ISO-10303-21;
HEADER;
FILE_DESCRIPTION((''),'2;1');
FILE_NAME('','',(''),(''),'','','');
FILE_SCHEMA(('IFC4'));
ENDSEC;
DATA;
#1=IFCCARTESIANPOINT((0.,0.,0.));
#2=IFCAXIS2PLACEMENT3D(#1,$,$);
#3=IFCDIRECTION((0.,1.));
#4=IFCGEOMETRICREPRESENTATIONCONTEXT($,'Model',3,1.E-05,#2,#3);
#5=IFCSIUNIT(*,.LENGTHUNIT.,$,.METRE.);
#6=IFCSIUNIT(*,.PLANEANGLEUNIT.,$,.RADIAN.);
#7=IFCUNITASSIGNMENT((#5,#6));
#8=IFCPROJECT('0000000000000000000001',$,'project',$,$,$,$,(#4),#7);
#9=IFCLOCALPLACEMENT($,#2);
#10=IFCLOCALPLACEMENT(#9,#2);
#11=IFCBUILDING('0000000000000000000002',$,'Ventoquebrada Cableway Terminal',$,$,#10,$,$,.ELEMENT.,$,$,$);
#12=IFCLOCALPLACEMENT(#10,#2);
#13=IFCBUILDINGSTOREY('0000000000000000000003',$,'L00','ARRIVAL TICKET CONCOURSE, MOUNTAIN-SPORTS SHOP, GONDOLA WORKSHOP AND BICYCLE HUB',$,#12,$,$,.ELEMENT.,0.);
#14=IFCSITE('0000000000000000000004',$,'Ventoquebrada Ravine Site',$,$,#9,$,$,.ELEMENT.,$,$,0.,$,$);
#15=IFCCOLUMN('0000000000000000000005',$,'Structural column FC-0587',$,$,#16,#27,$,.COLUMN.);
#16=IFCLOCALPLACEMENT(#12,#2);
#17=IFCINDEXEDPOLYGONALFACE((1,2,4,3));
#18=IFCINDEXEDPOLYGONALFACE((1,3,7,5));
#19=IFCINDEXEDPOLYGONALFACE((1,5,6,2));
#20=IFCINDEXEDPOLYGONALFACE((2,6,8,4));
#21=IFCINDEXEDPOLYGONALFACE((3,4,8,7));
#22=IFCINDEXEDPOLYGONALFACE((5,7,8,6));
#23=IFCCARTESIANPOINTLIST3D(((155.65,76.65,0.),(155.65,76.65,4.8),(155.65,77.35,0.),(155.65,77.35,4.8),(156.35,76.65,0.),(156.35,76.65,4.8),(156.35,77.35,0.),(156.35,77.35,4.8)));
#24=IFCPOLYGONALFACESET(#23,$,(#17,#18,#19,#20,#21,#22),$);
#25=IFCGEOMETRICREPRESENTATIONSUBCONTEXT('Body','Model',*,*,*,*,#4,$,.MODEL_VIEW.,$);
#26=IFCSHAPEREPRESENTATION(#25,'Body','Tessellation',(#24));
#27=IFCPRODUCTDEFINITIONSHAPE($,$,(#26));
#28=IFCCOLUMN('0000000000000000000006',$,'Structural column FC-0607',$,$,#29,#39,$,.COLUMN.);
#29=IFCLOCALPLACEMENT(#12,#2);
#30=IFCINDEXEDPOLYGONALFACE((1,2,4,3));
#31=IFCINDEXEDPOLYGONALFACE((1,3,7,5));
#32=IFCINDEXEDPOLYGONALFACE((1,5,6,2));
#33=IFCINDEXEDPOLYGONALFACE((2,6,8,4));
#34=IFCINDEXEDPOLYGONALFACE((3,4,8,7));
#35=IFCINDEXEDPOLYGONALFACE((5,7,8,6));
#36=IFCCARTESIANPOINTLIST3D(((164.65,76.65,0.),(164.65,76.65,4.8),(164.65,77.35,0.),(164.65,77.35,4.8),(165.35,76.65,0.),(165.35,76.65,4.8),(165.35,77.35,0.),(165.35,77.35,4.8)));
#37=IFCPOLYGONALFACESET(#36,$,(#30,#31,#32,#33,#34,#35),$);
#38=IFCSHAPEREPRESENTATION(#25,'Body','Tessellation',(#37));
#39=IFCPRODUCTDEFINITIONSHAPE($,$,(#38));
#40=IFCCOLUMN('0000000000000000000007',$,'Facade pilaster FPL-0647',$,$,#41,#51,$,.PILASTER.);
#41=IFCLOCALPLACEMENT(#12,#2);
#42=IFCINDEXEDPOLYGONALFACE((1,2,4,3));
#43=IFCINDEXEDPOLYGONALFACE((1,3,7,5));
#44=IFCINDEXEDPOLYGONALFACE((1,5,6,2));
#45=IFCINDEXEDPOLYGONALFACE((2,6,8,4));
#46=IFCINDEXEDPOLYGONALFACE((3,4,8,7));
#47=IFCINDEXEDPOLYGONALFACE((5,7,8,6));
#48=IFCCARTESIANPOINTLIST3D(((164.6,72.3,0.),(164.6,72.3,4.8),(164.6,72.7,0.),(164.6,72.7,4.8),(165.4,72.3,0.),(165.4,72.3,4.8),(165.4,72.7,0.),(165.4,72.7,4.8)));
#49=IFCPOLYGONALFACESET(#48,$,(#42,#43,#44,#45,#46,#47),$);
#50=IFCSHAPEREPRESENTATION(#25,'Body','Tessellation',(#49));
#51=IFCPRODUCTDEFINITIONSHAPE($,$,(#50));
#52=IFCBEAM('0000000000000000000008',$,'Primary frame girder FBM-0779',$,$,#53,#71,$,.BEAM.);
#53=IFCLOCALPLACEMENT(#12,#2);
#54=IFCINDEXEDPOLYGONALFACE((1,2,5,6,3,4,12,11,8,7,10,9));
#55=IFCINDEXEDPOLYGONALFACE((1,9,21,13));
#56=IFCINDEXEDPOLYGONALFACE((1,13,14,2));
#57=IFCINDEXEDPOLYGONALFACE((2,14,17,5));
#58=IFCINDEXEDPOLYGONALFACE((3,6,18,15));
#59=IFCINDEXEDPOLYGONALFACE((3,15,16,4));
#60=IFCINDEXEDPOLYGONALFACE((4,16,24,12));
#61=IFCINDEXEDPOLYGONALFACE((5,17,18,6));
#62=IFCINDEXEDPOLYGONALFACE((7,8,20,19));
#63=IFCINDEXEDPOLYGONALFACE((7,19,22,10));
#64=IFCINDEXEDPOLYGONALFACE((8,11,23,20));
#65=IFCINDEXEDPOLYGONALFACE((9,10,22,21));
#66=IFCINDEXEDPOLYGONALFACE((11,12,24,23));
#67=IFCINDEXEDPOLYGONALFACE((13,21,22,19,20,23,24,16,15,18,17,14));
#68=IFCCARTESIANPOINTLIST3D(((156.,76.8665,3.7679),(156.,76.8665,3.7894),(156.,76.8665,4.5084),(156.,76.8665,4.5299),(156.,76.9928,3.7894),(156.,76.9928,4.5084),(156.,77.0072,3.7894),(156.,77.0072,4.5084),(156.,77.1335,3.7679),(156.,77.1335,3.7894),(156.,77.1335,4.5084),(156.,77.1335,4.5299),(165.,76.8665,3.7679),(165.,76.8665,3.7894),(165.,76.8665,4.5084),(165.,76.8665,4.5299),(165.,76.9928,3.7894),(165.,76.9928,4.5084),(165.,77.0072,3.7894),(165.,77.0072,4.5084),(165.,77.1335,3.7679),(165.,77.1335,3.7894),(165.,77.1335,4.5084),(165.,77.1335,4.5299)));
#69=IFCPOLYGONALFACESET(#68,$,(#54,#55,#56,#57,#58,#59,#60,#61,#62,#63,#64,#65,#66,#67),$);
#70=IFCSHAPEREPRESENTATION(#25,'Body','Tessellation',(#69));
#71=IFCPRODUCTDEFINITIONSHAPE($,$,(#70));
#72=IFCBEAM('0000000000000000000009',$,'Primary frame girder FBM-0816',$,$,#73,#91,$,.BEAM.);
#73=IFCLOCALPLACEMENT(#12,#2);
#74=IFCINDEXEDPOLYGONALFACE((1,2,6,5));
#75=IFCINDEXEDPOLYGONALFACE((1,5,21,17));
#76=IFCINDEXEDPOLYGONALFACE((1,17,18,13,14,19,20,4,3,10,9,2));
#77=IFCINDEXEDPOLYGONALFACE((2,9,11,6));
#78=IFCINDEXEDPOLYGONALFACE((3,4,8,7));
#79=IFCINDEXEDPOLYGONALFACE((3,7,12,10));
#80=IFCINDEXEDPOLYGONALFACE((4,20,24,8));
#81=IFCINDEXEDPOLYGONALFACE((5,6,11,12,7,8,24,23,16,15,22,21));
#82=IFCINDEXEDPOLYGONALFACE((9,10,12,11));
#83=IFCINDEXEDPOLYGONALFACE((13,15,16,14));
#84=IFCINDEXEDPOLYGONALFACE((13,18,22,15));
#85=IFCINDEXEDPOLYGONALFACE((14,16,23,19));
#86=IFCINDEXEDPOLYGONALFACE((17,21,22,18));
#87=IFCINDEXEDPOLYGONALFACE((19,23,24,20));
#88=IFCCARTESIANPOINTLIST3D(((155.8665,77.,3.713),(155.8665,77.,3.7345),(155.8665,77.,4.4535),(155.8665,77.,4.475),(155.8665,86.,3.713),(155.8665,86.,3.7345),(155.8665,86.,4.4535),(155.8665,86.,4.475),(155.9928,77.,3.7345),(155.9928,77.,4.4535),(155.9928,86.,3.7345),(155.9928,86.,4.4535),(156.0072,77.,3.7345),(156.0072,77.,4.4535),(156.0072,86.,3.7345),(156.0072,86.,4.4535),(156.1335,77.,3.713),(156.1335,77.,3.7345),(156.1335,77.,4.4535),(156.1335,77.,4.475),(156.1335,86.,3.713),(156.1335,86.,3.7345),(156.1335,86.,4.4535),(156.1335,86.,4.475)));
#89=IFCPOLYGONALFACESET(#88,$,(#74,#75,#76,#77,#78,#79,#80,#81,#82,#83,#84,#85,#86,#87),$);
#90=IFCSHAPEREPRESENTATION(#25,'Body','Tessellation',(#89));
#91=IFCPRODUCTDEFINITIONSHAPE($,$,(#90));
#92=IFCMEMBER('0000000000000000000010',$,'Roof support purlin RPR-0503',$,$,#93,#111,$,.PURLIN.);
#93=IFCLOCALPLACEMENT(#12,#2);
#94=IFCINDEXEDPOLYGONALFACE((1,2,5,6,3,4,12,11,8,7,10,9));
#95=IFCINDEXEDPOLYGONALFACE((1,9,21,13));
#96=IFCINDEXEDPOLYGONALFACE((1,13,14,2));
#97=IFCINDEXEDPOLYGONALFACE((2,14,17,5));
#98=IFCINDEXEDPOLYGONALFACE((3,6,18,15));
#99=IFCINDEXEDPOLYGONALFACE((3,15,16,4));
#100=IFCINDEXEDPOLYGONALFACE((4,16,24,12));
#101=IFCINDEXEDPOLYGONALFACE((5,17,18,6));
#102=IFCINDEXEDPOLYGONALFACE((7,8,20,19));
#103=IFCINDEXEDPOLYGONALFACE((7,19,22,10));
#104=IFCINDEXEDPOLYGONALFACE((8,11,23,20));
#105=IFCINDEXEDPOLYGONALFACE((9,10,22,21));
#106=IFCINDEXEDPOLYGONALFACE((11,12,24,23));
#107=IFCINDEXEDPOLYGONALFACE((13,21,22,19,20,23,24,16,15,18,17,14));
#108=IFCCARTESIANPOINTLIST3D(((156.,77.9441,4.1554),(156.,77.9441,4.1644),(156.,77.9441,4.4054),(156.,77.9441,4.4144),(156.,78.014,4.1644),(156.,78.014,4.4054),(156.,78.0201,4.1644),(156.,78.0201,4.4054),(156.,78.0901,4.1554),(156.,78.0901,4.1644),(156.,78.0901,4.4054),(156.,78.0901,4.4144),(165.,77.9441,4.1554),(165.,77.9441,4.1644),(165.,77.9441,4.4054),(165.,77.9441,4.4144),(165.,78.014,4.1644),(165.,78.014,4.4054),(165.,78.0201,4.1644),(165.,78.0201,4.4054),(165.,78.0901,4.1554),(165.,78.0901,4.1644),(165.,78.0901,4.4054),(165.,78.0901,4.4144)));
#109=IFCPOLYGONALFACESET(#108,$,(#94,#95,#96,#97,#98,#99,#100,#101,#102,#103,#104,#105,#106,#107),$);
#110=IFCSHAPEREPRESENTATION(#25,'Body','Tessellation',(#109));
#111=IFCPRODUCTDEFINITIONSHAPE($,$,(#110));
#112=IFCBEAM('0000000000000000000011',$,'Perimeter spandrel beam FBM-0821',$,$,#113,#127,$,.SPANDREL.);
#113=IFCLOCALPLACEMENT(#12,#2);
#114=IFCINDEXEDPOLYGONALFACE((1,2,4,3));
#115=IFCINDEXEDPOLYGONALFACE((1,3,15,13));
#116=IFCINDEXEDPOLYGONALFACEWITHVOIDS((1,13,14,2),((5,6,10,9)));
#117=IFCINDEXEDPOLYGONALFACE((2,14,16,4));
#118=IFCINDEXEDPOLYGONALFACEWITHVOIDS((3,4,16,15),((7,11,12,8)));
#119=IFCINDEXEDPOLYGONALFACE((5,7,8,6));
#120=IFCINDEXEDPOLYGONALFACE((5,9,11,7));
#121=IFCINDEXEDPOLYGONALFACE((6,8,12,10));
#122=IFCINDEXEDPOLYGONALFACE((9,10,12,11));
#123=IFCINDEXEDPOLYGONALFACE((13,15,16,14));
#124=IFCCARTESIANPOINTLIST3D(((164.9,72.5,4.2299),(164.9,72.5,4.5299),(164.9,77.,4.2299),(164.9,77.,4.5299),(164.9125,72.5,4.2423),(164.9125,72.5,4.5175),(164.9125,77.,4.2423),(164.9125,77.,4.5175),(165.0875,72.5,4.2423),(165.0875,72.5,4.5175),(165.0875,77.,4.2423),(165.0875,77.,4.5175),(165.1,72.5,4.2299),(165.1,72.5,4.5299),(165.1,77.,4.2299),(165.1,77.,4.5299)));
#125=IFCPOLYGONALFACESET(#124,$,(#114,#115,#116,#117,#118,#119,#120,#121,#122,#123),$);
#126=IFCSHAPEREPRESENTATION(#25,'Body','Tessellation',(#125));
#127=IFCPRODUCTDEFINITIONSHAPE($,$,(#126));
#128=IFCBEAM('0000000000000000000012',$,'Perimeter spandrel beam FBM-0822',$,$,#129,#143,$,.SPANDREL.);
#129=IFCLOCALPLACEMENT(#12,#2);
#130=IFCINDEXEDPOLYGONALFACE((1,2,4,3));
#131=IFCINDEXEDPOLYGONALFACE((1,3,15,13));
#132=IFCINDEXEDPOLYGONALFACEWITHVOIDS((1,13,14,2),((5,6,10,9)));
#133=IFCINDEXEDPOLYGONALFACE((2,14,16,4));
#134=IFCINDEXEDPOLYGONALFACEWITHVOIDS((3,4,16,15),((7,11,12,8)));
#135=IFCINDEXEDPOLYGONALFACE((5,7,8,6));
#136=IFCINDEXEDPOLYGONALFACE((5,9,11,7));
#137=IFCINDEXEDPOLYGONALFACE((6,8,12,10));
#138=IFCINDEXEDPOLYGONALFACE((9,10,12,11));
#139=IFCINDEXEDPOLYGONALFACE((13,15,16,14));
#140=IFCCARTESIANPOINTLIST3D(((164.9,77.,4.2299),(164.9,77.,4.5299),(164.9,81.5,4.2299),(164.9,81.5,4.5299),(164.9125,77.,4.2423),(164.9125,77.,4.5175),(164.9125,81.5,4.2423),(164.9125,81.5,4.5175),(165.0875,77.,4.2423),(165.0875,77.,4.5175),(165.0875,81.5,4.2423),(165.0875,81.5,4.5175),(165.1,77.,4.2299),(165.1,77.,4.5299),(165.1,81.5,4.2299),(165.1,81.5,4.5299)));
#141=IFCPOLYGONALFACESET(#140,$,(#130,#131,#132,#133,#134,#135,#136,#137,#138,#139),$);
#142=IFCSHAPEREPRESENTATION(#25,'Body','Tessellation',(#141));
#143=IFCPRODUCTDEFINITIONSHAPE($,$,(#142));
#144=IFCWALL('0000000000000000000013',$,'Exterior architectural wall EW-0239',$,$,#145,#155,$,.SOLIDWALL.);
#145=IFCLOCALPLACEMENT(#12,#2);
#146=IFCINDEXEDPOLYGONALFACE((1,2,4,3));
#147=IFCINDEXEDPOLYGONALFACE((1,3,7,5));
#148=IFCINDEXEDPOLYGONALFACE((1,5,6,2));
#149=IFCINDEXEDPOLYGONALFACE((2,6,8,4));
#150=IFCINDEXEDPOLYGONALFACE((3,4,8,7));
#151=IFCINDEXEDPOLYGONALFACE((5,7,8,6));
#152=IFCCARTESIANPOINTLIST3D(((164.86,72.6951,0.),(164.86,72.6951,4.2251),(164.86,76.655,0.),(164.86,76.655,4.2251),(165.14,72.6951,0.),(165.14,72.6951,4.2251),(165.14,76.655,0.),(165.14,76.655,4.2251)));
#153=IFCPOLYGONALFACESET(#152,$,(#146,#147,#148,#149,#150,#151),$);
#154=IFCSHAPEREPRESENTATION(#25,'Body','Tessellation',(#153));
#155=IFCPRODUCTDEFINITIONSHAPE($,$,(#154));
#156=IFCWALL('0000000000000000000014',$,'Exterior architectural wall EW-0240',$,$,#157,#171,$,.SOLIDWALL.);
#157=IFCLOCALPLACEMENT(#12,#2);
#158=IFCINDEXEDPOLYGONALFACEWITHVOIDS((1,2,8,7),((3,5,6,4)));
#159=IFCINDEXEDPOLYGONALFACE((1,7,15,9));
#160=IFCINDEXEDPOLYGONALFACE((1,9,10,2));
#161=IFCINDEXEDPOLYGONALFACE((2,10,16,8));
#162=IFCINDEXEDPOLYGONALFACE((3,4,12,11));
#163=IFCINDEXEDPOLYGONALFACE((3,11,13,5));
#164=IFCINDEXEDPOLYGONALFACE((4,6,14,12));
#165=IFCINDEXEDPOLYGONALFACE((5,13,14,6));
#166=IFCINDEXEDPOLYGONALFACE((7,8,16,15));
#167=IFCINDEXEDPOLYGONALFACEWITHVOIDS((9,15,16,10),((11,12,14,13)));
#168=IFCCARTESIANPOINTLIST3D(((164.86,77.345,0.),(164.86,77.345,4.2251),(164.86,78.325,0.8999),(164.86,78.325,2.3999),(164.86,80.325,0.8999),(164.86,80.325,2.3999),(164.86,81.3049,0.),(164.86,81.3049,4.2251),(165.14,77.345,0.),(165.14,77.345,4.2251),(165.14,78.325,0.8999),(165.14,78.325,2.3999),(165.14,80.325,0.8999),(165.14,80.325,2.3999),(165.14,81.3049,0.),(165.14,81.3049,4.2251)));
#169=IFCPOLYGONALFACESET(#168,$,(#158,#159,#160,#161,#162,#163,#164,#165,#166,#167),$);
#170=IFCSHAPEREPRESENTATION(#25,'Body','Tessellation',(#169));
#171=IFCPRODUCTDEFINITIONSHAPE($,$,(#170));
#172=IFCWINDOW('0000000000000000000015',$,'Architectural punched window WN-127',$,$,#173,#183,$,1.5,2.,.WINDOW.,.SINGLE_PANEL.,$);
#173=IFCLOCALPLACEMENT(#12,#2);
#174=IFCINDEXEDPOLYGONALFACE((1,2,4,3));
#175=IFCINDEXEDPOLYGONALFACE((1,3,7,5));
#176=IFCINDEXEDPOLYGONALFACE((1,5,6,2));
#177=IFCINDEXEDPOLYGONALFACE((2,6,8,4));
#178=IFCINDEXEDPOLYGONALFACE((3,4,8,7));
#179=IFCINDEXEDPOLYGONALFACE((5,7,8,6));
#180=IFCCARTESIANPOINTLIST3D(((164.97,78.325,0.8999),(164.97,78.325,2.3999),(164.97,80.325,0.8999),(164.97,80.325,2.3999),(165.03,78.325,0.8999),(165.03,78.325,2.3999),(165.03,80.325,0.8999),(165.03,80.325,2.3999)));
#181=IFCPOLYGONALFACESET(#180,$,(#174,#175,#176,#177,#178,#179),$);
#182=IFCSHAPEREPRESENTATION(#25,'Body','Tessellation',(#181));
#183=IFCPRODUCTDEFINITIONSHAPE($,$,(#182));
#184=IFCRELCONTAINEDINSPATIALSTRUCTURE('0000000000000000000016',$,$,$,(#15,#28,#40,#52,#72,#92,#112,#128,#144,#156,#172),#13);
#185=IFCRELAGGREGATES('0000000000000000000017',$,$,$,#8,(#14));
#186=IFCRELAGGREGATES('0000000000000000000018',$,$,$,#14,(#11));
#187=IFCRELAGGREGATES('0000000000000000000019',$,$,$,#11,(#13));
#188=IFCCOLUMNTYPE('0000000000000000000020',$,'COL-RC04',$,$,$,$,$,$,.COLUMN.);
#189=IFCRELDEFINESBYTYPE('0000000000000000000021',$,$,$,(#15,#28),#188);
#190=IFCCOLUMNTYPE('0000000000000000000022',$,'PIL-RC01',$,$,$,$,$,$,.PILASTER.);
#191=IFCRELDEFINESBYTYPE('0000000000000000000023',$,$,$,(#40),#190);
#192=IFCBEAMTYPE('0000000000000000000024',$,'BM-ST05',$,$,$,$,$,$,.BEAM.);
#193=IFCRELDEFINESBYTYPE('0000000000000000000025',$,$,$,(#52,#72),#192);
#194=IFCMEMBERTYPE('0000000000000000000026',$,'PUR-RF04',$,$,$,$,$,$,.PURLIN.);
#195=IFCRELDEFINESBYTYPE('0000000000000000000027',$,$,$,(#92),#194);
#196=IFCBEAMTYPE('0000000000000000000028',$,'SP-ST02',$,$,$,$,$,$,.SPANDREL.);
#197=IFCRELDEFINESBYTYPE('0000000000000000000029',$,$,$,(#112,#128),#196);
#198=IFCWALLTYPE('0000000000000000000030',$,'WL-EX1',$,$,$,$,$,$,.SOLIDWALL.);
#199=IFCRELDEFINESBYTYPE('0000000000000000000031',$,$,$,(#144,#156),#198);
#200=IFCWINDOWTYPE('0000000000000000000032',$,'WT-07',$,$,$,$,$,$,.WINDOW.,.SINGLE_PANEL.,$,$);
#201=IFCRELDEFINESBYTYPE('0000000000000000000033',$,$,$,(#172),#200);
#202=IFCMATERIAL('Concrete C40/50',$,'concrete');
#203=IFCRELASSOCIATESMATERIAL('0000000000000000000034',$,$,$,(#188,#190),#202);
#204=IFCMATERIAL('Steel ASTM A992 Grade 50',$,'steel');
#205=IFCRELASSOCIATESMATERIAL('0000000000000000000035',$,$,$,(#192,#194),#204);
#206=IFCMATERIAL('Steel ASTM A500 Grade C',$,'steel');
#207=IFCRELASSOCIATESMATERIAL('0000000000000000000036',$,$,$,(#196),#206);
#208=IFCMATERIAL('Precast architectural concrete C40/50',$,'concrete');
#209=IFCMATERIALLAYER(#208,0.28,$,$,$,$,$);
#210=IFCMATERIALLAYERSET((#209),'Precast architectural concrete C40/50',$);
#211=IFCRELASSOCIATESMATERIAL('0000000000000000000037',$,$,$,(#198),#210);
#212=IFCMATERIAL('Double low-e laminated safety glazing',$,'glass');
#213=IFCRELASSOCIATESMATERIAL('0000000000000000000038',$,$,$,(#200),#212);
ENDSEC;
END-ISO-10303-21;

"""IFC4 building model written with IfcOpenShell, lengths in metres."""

from ifc_helpers import new_model, si_unit, direction, frame, frame_2d, origin, origin_2d, place, context, subcontext, project, spatial, rectangle, hollow_rectangle, i_section, extrude, material, layer, layer_set, material_profile, profile_set, type_object, element, fill, save


model = new_model("IFC4")

# Units and contexts
model_context = context("Model", 3, precision=1e-05, world=origin(), true_north=direction((0.0, 1.0)))
body_context = subcontext(model_context, "Body", "Model", "MODEL_VIEW")
ifc_project = project(units=[si_unit("LENGTHUNIT", "METRE"), si_unit("PLANEANGLEUNIT", "RADIAN")], contexts=[model_context])

# Site, building, storey
site_placement = place(None, origin())
site = spatial("IfcSite", under=ifc_project, at=site_placement, Name="Ventoquebrada Ravine Site", CompositionType="ELEMENT", RefElevation=0.0)
building_placement = place(site_placement, origin())
building = spatial("IfcBuilding", under=site, at=building_placement, Name="Ventoquebrada Cableway Terminal", CompositionType="ELEMENT")
storey_placement = place(building_placement, origin())
storey = spatial("IfcBuildingStorey", under=building, at=storey_placement, Name="L00", Description="ARRIVAL TICKET CONCOURSE, MOUNTAIN-SPORTS SHOP, GONDOLA WORKSHOP AND BICYCLE HUB", CompositionType="ELEMENT", Elevation=0.0)

# Columns
ifc_material_1 = material(Name="Concrete C40/50", Category="concrete")
ifc_material_profile_1 = material_profile(ifc_material_1, rectangle(XDim=0.7, YDim=0.7, at=origin_2d()), Name="RC-COL-700X700")
ifc_profile_set_1 = profile_set([ifc_material_profile_1], Name="Concrete C40/50")
column_type_1 = type_object("IfcColumnType", Name="COL-RC04", PredefinedType="COLUMN", material=ifc_profile_set_1)
for number, where, z_axis, x_axis, name in (
    (1, (156.0, 77.0, 0.0), (0.0, 0.0, 1.0), (1.0, 0.0, 0.0), "Structural column FC-0587"),
    (2, (165.0, 77.0, 0.0), (0.0, 0.0, 1.0), (1.0, 0.0, 0.0), "Structural column FC-0607"),
):
    element("IfcColumn", number, at=place(storey_placement, frame(where, z_axis=z_axis, x_axis=x_axis)), inside=storey, type_object=column_type_1, Name=name, PredefinedType="COLUMN", context=body_context, shape_type="SweptSolid", body=[
        extrude(rectangle(XDim=0.7, YDim=0.7, at=origin_2d()), origin(), (0.0, 0.0, 1.0), 4.8),
    ])
ifc_material_profile_2 = material_profile(ifc_material_1, rectangle(XDim=0.3999, YDim=0.8, at=origin_2d()), Name="RC-PIL-400X800")
ifc_profile_set_2 = profile_set([ifc_material_profile_2], Name="Concrete C40/50")
column_type_2 = type_object("IfcColumnType", Name="PIL-RC01", PredefinedType="PILASTER", material=ifc_profile_set_2)
column_placement = place(storey_placement, frame((165.0, 72.5, 0.0), z_axis=(0.0, 0.0, 1.0), x_axis=(0.0, 1.0, 0.0)))
element("IfcColumn", 3, at=column_placement, inside=storey, type_object=column_type_2, Name="Facade pilaster FPL-0647", PredefinedType="PILASTER", context=body_context, shape_type="SweptSolid", body=[
    extrude(rectangle(XDim=0.3999, YDim=0.8, at=origin_2d()), origin(), (0.0, 0.0, 1.0), 4.8),
])

# Beams
ifc_material_2 = material(Name="Steel ASTM A992 Grade 50", Category="steel")
ifc_material_profile_3 = material_profile(ifc_material_2, i_section(OverallWidth=0.2671, OverallDepth=0.762, WebThickness=0.0144, FlangeThickness=0.0215, at=origin_2d()), Name="W30X116")
ifc_profile_set_3 = profile_set([ifc_material_profile_3], Name="Steel ASTM A992 Grade 50")
beam_type_1 = type_object("IfcBeamType", Name="BM-ST05", PredefinedType="BEAM", material=ifc_profile_set_3)
for number, where, z_axis, x_axis, name in (
    (4, (156.0, 77.0, 4.1489), (1.0, 0.0, 0.0), (0.0, 1.0, 0.0), "Primary frame girder FBM-0779"),
    (5, (156.0, 77.0, 4.094), (0.0, 1.0, 0.0), (-1.0, 0.0, 0.0), "Primary frame girder FBM-0816"),
):
    element("IfcBeam", number, at=place(storey_placement, frame(where, z_axis=z_axis, x_axis=x_axis)), inside=storey, type_object=beam_type_1, Name=name, PredefinedType="BEAM", context=body_context, shape_type="SweptSolid", body=[
        extrude(i_section(OverallWidth=0.2671, OverallDepth=0.762, WebThickness=0.0144, FlangeThickness=0.0215, at=origin_2d()), origin(), (0.0, 0.0, 1.0), 9.0),
    ])

# Member
ifc_material_profile_4 = material_profile(ifc_material_2, i_section(OverallWidth=0.146, OverallDepth=0.259, WebThickness=0.0061, FlangeThickness=0.009, at=origin_2d()), Name="W10X22")
ifc_profile_set_4 = profile_set([ifc_material_profile_4], Name="Steel ASTM A992 Grade 50")
member_type = type_object("IfcMemberType", Name="PUR-RF04", PredefinedType="PURLIN", material=ifc_profile_set_4)
member_placement = place(storey_placement, frame((156.0, 78.0171, 4.2849), z_axis=(1.0, 0.0, 0.0), x_axis=(0.0, 1.0, 0.0)))
element("IfcMember", 6, at=member_placement, inside=storey, type_object=member_type, Name="Roof support purlin RPR-0503", PredefinedType="PURLIN", context=body_context, shape_type="SweptSolid", body=[
    extrude(i_section(OverallWidth=0.146, OverallDepth=0.259, WebThickness=0.0061, FlangeThickness=0.009, at=origin_2d()), origin(), (0.0, 0.0, 1.0), 9.0),
])

# Beams
ifc_material_3 = material(Name="Steel ASTM A500 Grade C", Category="steel")
ifc_material_profile_5 = material_profile(ifc_material_3, hollow_rectangle(XDim=0.2, YDim=0.3, WallThickness=0.0125, at=origin_2d()), Name="RHS300X200X12.5")
ifc_profile_set_5 = profile_set([ifc_material_profile_5], Name="Steel ASTM A500 Grade C")
beam_type_2 = type_object("IfcBeamType", Name="SP-ST02", PredefinedType="SPANDREL", material=ifc_profile_set_5)
for number, where, z_axis, x_axis, name in (
    (7, (165.0, 72.5, 4.3799), (0.0, 1.0, 0.0), (-1.0, 0.0, 0.0), "Perimeter spandrel beam FBM-0821"),
    (8, (165.0, 77.0, 4.3799), (0.0, 1.0, 0.0), (-1.0, 0.0, 0.0), "Perimeter spandrel beam FBM-0822"),
):
    element("IfcBeam", number, at=place(storey_placement, frame(where, z_axis=z_axis, x_axis=x_axis)), inside=storey, type_object=beam_type_2, Name=name, PredefinedType="SPANDREL", context=body_context, shape_type="SweptSolid", body=[
        extrude(hollow_rectangle(XDim=0.2, YDim=0.3, WallThickness=0.0125, at=origin_2d()), origin(), (0.0, 0.0, 1.0), 4.5),
    ])

# Wall
ifc_material_4 = material(Name="Precast architectural concrete C40/50", Category="concrete")
ifc_layer_1 = layer(ifc_material_4, 0.28)
ifc_layer_set_1 = layer_set([ifc_layer_1], Name="Precast architectural concrete C40/50")
wall_type_1 = type_object("IfcWallType", Name="WL-EX1", PredefinedType="SOLIDWALL", material=ifc_layer_set_1)
wall_1_placement = place(storey_placement, frame((165.0, 72.6951, 0.0), z_axis=(0.0, 0.0, 1.0), x_axis=(0.0, 1.0, 0.0)))
element("IfcWall", 9, at=wall_1_placement, inside=storey, type_object=wall_type_1, Name="Exterior architectural wall EW-0239", PredefinedType="SOLIDWALL", context=body_context, shape_type="SweptSolid", body=[
    extrude(rectangle(XDim=3.96, YDim=0.28, at=frame_2d((1.98, 0.0))), origin(), (0.0, 0.0, 1.0), 4.2251),
])

# Wall, opening, window
wall_2_placement = place(storey_placement, frame((165.0, 77.345, 0.0), z_axis=(0.0, 0.0, 1.0), x_axis=(0.0, 1.0, 0.0)))
wall_2 = element("IfcWall", 10, at=wall_2_placement, inside=storey, type_object=wall_type_1, Name="Exterior architectural wall EW-0240", PredefinedType="SOLIDWALL", context=body_context, shape_type="SweptSolid", body=[
    extrude(rectangle(XDim=3.96, YDim=0.28, at=frame_2d((1.98, 0.0))), origin(), (0.0, 0.0, 1.0), 4.2251),
])
opening_placement = place(wall_2_placement, frame((0.98, 0.0, 0.8999)))
opening = element("IfcOpeningElement", 11, at=opening_placement, cuts=wall_2, PredefinedType="OPENING", context=body_context, shape_type="SweptSolid", body=[
    extrude(rectangle(XDim=2.0, YDim=1.5, at=frame_2d((1.0, 0.75))), frame((0.0, 0.1499, 0.0), z_axis=(0.0, -1.0, 0.0), x_axis=(1.0, 0.0, 0.0)), (0.0, 0.0, 1.0), 0.3),
])
ifc_material_5 = material(Name="Double low-e laminated safety glazing", Category="glass")
window_type = type_object("IfcWindowType", Name="WT-07", PartitioningType="SINGLE_PANEL", PredefinedType="WINDOW", material=ifc_material_5)
window_placement = place(opening_placement, origin())
window = element("IfcWindow", 12, at=window_placement, inside=storey, type_object=window_type, Name="Architectural punched window WN-127", OverallHeight=1.5, OverallWidth=2.0, PartitioningType="SINGLE_PANEL", PredefinedType="WINDOW", context=body_context, shape_type="SweptSolid", body=[
    extrude(rectangle(XDim=2.0, YDim=1.5, at=frame_2d((1.0, 0.75))), frame((0.0, 0.03, 0.0), z_axis=(0.0, -1.0, 0.0), x_axis=(1.0, 0.0, 0.0)), (0.0, 0.0, 1.0), 0.0601),
])
fill(opening, window)

save(model, "model.ifc")
